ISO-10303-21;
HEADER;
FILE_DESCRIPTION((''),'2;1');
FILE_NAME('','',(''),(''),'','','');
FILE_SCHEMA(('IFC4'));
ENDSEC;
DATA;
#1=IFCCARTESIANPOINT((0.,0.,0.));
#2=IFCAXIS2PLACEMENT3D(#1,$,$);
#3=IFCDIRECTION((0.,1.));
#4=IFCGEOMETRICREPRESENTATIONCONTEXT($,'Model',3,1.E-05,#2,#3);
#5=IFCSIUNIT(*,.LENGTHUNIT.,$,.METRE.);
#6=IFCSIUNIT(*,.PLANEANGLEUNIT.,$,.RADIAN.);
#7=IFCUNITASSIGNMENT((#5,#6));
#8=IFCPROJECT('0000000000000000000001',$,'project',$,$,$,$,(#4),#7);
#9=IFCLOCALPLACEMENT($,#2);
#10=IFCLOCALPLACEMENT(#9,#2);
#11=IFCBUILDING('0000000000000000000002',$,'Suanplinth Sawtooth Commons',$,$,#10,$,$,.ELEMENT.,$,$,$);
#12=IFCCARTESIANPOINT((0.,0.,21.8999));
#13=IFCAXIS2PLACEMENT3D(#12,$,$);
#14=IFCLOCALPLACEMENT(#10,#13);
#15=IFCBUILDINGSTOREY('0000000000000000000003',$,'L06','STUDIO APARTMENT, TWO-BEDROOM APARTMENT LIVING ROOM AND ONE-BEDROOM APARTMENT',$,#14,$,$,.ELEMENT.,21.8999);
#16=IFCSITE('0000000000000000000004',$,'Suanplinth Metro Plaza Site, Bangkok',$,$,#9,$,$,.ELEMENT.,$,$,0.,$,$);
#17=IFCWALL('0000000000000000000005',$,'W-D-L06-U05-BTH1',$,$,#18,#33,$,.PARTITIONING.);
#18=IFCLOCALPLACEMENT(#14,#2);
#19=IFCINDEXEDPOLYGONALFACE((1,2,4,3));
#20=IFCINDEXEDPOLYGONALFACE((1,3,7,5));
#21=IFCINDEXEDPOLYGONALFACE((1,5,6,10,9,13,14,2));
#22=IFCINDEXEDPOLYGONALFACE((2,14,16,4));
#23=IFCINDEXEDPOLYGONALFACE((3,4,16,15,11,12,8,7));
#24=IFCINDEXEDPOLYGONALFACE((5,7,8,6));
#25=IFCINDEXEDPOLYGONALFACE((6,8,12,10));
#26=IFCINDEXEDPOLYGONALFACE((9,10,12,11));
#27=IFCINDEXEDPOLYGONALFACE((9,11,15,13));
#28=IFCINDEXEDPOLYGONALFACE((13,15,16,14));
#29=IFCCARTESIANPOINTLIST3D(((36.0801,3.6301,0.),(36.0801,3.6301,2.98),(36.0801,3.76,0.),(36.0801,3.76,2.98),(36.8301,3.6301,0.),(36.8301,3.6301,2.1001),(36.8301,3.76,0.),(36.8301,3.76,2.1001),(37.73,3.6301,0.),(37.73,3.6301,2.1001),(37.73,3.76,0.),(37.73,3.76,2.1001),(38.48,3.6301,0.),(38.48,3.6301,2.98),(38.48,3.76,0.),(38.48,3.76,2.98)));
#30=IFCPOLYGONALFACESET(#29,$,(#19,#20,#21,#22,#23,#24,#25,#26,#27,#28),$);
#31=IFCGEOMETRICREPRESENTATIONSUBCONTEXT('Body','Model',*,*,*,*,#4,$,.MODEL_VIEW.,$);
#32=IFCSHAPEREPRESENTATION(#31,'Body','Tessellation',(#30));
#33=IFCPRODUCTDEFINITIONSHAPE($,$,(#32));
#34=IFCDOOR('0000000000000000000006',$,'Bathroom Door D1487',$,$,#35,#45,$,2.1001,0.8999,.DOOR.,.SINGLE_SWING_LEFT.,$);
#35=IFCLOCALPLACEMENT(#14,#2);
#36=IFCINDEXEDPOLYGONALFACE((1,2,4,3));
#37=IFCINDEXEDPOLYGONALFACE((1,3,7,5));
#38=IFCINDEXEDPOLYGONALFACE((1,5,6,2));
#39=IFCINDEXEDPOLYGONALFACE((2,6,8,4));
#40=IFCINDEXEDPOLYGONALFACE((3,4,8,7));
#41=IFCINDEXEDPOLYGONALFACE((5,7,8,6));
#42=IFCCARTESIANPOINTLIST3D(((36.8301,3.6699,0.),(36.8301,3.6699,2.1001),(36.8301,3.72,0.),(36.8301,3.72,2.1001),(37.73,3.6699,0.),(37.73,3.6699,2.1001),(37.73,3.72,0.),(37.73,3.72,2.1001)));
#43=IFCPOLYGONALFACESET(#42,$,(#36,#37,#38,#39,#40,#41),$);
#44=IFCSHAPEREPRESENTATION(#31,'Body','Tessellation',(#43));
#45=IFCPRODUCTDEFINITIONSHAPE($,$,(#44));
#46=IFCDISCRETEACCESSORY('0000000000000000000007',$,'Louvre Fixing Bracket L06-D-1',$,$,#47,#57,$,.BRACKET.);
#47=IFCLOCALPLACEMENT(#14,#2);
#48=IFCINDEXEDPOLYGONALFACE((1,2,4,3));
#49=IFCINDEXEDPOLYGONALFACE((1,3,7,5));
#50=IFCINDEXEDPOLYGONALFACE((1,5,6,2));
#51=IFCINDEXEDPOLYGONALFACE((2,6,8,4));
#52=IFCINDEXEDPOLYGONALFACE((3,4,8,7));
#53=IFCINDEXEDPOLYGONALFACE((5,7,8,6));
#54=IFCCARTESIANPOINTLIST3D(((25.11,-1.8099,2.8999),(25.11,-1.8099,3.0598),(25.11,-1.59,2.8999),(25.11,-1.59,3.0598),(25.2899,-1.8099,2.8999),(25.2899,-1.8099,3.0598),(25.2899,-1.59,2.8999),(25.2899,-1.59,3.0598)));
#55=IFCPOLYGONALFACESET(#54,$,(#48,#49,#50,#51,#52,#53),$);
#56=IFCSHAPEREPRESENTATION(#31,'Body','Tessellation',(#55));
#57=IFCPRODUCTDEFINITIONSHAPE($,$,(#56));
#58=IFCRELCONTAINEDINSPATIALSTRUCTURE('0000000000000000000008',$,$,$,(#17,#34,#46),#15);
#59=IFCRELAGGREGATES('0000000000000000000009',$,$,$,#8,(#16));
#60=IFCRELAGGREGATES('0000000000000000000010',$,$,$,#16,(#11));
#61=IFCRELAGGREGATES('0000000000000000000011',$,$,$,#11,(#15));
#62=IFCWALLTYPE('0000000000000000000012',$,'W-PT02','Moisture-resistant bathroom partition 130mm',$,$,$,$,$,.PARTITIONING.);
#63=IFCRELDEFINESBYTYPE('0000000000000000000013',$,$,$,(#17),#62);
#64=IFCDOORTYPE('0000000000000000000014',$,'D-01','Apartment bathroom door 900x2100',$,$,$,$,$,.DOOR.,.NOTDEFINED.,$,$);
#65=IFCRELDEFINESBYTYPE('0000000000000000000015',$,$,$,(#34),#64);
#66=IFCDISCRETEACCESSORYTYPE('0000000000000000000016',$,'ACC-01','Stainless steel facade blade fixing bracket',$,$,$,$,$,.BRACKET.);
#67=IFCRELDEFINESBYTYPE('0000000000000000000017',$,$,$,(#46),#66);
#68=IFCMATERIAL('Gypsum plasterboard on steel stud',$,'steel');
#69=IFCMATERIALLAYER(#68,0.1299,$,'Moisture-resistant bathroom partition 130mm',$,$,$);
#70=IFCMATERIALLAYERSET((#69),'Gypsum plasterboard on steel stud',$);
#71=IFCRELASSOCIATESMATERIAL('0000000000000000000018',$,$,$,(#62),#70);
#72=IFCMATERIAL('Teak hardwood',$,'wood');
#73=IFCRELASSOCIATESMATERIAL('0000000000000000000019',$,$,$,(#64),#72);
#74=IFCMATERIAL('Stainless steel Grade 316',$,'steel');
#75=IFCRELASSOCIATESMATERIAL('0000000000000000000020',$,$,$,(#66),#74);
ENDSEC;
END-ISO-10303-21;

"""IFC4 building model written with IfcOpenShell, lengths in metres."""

from ifc_helpers import new_model, si_unit, direction, frame, frame_2d, origin, origin_2d, place, context, subcontext, project, spatial, rectangle, extrude, material, layer, layer_set, type_object, element, fill, save


model = new_model("IFC4")

# Units and contexts
model_context = context("Model", 3, precision=1e-05, world=origin(), true_north=direction((0.0, 1.0)))
body_context = subcontext(model_context, "Body", "Model", "MODEL_VIEW")
ifc_project = project(units=[si_unit("LENGTHUNIT", "METRE"), si_unit("PLANEANGLEUNIT", "RADIAN")], contexts=[model_context])

# Site, building, storey
site_placement = place(None, origin())
site = spatial("IfcSite", under=ifc_project, at=site_placement, Name="Suanplinth Metro Plaza Site, Bangkok", CompositionType="ELEMENT", RefElevation=0.0)
building_placement = place(site_placement, origin())
building = spatial("IfcBuilding", under=site, at=building_placement, Name="Suanplinth Sawtooth Commons", CompositionType="ELEMENT")
storey_placement = place(building_placement, frame((0.0, 0.0, 21.8999)))
storey = spatial("IfcBuildingStorey", under=building, at=storey_placement, Name="L06", Description="STUDIO APARTMENT, TWO-BEDROOM APARTMENT LIVING ROOM AND ONE-BEDROOM APARTMENT", CompositionType="ELEMENT", Elevation=21.8999)

# Shared definitions
ifc_material_1 = material(Name="Gypsum plasterboard on steel stud", Category="steel")
ifc_material_2 = material(Name="Teak hardwood", Category="wood")

# Shared definitions
ifc_layer_1 = layer(ifc_material_1, 0.1299, Name="Moisture-resistant bathroom partition 130mm")
ifc_layer_set_1 = layer_set([ifc_layer_1], Name="Gypsum plasterboard on steel stud")
wall_type_1 = type_object("IfcWallType", Name="W-PT02", Description="Moisture-resistant bathroom partition 130mm", PredefinedType="PARTITIONING", material=ifc_layer_set_1)
door_type_1 = type_object("IfcDoorType", Name="D-01", Description="Apartment bathroom door 900x2100", OperationType="NOTDEFINED", PredefinedType="DOOR", material=ifc_material_2)

# Wall, opening, door
wall_1_placement = place(storey_placement, frame((36.0801, 3.6951, 0.0), z_axis=(0.0, 0.0, 1.0), x_axis=(1.0, 0.0, 0.0)))
wall_1 = element("IfcWall", 1, at=wall_1_placement, inside=storey, type_object=wall_type_1, Name="W-D-L06-U05-BTH1", PredefinedType="PARTITIONING", context=body_context, shape_type="SweptSolid", body=[
    extrude(rectangle(XDim=2.3999, YDim=0.1299, at=frame_2d((1.2, 0.0))), origin(), (0.0, 0.0, 1.0), 2.98),
])
opening_1_placement = place(wall_1_placement, frame((0.75, 0.0, 0.0)))
opening_1 = element("IfcOpeningElement", 2, at=opening_1_placement, cuts=wall_1, PredefinedType="OPENING", context=body_context, shape_type="SweptSolid", body=[
    extrude(rectangle(XDim=0.8999, YDim=2.1001, at=frame_2d((0.45, 1.05))), frame((0.0, 0.0798, 0.0), z_axis=(0.0, -1.0, 0.0), x_axis=(1.0, 0.0, 0.0)), (0.0, 0.0, 1.0), 0.1597),
])
door_1_placement = place(opening_1_placement, origin())
door_1 = element("IfcDoor", 3, at=door_1_placement, inside=storey, type_object=door_type_1, Name="Bathroom Door D1487", OperationType="SINGLE_SWING_LEFT", OverallHeight=2.1001, OverallWidth=0.8999, PredefinedType="DOOR", context=body_context, shape_type="SweptSolid", body=[
    extrude(rectangle(XDim=0.8999, YDim=2.1001, at=frame_2d((0.45, 1.05))), frame((0.0, 0.0249, 0.0), z_axis=(0.0, -1.0, 0.0), x_axis=(1.0, 0.0, 0.0)), (0.0, 0.0, 1.0), 0.05),
])
fill(opening_1, door_1)

# Discrete accessory
ifc_material_3 = material(Name="Stainless steel Grade 316", Category="steel")
discrete_accessory_type = type_object("IfcDiscreteAccessoryType", Name="ACC-01", Description="Stainless steel facade blade fixing bracket", PredefinedType="BRACKET", material=ifc_material_3)
discrete_accessory_placement = place(storey_placement, frame((25.2, -1.7, 2.8999), z_axis=(0.0, 0.0, 1.0), x_axis=(1.0, 0.0, 0.0)))
element("IfcDiscreteAccessory", 4, at=discrete_accessory_placement, inside=storey, type_object=discrete_accessory_type, Name="Louvre Fixing Bracket L06-D-1", PredefinedType="BRACKET", context=body_context, shape_type="SweptSolid", body=[
    extrude(rectangle(XDim=0.1799, YDim=0.22, at=origin_2d()), origin(), (0.0, 0.0, 1.0), 0.1599),
])

save(model, "model.ifc")
